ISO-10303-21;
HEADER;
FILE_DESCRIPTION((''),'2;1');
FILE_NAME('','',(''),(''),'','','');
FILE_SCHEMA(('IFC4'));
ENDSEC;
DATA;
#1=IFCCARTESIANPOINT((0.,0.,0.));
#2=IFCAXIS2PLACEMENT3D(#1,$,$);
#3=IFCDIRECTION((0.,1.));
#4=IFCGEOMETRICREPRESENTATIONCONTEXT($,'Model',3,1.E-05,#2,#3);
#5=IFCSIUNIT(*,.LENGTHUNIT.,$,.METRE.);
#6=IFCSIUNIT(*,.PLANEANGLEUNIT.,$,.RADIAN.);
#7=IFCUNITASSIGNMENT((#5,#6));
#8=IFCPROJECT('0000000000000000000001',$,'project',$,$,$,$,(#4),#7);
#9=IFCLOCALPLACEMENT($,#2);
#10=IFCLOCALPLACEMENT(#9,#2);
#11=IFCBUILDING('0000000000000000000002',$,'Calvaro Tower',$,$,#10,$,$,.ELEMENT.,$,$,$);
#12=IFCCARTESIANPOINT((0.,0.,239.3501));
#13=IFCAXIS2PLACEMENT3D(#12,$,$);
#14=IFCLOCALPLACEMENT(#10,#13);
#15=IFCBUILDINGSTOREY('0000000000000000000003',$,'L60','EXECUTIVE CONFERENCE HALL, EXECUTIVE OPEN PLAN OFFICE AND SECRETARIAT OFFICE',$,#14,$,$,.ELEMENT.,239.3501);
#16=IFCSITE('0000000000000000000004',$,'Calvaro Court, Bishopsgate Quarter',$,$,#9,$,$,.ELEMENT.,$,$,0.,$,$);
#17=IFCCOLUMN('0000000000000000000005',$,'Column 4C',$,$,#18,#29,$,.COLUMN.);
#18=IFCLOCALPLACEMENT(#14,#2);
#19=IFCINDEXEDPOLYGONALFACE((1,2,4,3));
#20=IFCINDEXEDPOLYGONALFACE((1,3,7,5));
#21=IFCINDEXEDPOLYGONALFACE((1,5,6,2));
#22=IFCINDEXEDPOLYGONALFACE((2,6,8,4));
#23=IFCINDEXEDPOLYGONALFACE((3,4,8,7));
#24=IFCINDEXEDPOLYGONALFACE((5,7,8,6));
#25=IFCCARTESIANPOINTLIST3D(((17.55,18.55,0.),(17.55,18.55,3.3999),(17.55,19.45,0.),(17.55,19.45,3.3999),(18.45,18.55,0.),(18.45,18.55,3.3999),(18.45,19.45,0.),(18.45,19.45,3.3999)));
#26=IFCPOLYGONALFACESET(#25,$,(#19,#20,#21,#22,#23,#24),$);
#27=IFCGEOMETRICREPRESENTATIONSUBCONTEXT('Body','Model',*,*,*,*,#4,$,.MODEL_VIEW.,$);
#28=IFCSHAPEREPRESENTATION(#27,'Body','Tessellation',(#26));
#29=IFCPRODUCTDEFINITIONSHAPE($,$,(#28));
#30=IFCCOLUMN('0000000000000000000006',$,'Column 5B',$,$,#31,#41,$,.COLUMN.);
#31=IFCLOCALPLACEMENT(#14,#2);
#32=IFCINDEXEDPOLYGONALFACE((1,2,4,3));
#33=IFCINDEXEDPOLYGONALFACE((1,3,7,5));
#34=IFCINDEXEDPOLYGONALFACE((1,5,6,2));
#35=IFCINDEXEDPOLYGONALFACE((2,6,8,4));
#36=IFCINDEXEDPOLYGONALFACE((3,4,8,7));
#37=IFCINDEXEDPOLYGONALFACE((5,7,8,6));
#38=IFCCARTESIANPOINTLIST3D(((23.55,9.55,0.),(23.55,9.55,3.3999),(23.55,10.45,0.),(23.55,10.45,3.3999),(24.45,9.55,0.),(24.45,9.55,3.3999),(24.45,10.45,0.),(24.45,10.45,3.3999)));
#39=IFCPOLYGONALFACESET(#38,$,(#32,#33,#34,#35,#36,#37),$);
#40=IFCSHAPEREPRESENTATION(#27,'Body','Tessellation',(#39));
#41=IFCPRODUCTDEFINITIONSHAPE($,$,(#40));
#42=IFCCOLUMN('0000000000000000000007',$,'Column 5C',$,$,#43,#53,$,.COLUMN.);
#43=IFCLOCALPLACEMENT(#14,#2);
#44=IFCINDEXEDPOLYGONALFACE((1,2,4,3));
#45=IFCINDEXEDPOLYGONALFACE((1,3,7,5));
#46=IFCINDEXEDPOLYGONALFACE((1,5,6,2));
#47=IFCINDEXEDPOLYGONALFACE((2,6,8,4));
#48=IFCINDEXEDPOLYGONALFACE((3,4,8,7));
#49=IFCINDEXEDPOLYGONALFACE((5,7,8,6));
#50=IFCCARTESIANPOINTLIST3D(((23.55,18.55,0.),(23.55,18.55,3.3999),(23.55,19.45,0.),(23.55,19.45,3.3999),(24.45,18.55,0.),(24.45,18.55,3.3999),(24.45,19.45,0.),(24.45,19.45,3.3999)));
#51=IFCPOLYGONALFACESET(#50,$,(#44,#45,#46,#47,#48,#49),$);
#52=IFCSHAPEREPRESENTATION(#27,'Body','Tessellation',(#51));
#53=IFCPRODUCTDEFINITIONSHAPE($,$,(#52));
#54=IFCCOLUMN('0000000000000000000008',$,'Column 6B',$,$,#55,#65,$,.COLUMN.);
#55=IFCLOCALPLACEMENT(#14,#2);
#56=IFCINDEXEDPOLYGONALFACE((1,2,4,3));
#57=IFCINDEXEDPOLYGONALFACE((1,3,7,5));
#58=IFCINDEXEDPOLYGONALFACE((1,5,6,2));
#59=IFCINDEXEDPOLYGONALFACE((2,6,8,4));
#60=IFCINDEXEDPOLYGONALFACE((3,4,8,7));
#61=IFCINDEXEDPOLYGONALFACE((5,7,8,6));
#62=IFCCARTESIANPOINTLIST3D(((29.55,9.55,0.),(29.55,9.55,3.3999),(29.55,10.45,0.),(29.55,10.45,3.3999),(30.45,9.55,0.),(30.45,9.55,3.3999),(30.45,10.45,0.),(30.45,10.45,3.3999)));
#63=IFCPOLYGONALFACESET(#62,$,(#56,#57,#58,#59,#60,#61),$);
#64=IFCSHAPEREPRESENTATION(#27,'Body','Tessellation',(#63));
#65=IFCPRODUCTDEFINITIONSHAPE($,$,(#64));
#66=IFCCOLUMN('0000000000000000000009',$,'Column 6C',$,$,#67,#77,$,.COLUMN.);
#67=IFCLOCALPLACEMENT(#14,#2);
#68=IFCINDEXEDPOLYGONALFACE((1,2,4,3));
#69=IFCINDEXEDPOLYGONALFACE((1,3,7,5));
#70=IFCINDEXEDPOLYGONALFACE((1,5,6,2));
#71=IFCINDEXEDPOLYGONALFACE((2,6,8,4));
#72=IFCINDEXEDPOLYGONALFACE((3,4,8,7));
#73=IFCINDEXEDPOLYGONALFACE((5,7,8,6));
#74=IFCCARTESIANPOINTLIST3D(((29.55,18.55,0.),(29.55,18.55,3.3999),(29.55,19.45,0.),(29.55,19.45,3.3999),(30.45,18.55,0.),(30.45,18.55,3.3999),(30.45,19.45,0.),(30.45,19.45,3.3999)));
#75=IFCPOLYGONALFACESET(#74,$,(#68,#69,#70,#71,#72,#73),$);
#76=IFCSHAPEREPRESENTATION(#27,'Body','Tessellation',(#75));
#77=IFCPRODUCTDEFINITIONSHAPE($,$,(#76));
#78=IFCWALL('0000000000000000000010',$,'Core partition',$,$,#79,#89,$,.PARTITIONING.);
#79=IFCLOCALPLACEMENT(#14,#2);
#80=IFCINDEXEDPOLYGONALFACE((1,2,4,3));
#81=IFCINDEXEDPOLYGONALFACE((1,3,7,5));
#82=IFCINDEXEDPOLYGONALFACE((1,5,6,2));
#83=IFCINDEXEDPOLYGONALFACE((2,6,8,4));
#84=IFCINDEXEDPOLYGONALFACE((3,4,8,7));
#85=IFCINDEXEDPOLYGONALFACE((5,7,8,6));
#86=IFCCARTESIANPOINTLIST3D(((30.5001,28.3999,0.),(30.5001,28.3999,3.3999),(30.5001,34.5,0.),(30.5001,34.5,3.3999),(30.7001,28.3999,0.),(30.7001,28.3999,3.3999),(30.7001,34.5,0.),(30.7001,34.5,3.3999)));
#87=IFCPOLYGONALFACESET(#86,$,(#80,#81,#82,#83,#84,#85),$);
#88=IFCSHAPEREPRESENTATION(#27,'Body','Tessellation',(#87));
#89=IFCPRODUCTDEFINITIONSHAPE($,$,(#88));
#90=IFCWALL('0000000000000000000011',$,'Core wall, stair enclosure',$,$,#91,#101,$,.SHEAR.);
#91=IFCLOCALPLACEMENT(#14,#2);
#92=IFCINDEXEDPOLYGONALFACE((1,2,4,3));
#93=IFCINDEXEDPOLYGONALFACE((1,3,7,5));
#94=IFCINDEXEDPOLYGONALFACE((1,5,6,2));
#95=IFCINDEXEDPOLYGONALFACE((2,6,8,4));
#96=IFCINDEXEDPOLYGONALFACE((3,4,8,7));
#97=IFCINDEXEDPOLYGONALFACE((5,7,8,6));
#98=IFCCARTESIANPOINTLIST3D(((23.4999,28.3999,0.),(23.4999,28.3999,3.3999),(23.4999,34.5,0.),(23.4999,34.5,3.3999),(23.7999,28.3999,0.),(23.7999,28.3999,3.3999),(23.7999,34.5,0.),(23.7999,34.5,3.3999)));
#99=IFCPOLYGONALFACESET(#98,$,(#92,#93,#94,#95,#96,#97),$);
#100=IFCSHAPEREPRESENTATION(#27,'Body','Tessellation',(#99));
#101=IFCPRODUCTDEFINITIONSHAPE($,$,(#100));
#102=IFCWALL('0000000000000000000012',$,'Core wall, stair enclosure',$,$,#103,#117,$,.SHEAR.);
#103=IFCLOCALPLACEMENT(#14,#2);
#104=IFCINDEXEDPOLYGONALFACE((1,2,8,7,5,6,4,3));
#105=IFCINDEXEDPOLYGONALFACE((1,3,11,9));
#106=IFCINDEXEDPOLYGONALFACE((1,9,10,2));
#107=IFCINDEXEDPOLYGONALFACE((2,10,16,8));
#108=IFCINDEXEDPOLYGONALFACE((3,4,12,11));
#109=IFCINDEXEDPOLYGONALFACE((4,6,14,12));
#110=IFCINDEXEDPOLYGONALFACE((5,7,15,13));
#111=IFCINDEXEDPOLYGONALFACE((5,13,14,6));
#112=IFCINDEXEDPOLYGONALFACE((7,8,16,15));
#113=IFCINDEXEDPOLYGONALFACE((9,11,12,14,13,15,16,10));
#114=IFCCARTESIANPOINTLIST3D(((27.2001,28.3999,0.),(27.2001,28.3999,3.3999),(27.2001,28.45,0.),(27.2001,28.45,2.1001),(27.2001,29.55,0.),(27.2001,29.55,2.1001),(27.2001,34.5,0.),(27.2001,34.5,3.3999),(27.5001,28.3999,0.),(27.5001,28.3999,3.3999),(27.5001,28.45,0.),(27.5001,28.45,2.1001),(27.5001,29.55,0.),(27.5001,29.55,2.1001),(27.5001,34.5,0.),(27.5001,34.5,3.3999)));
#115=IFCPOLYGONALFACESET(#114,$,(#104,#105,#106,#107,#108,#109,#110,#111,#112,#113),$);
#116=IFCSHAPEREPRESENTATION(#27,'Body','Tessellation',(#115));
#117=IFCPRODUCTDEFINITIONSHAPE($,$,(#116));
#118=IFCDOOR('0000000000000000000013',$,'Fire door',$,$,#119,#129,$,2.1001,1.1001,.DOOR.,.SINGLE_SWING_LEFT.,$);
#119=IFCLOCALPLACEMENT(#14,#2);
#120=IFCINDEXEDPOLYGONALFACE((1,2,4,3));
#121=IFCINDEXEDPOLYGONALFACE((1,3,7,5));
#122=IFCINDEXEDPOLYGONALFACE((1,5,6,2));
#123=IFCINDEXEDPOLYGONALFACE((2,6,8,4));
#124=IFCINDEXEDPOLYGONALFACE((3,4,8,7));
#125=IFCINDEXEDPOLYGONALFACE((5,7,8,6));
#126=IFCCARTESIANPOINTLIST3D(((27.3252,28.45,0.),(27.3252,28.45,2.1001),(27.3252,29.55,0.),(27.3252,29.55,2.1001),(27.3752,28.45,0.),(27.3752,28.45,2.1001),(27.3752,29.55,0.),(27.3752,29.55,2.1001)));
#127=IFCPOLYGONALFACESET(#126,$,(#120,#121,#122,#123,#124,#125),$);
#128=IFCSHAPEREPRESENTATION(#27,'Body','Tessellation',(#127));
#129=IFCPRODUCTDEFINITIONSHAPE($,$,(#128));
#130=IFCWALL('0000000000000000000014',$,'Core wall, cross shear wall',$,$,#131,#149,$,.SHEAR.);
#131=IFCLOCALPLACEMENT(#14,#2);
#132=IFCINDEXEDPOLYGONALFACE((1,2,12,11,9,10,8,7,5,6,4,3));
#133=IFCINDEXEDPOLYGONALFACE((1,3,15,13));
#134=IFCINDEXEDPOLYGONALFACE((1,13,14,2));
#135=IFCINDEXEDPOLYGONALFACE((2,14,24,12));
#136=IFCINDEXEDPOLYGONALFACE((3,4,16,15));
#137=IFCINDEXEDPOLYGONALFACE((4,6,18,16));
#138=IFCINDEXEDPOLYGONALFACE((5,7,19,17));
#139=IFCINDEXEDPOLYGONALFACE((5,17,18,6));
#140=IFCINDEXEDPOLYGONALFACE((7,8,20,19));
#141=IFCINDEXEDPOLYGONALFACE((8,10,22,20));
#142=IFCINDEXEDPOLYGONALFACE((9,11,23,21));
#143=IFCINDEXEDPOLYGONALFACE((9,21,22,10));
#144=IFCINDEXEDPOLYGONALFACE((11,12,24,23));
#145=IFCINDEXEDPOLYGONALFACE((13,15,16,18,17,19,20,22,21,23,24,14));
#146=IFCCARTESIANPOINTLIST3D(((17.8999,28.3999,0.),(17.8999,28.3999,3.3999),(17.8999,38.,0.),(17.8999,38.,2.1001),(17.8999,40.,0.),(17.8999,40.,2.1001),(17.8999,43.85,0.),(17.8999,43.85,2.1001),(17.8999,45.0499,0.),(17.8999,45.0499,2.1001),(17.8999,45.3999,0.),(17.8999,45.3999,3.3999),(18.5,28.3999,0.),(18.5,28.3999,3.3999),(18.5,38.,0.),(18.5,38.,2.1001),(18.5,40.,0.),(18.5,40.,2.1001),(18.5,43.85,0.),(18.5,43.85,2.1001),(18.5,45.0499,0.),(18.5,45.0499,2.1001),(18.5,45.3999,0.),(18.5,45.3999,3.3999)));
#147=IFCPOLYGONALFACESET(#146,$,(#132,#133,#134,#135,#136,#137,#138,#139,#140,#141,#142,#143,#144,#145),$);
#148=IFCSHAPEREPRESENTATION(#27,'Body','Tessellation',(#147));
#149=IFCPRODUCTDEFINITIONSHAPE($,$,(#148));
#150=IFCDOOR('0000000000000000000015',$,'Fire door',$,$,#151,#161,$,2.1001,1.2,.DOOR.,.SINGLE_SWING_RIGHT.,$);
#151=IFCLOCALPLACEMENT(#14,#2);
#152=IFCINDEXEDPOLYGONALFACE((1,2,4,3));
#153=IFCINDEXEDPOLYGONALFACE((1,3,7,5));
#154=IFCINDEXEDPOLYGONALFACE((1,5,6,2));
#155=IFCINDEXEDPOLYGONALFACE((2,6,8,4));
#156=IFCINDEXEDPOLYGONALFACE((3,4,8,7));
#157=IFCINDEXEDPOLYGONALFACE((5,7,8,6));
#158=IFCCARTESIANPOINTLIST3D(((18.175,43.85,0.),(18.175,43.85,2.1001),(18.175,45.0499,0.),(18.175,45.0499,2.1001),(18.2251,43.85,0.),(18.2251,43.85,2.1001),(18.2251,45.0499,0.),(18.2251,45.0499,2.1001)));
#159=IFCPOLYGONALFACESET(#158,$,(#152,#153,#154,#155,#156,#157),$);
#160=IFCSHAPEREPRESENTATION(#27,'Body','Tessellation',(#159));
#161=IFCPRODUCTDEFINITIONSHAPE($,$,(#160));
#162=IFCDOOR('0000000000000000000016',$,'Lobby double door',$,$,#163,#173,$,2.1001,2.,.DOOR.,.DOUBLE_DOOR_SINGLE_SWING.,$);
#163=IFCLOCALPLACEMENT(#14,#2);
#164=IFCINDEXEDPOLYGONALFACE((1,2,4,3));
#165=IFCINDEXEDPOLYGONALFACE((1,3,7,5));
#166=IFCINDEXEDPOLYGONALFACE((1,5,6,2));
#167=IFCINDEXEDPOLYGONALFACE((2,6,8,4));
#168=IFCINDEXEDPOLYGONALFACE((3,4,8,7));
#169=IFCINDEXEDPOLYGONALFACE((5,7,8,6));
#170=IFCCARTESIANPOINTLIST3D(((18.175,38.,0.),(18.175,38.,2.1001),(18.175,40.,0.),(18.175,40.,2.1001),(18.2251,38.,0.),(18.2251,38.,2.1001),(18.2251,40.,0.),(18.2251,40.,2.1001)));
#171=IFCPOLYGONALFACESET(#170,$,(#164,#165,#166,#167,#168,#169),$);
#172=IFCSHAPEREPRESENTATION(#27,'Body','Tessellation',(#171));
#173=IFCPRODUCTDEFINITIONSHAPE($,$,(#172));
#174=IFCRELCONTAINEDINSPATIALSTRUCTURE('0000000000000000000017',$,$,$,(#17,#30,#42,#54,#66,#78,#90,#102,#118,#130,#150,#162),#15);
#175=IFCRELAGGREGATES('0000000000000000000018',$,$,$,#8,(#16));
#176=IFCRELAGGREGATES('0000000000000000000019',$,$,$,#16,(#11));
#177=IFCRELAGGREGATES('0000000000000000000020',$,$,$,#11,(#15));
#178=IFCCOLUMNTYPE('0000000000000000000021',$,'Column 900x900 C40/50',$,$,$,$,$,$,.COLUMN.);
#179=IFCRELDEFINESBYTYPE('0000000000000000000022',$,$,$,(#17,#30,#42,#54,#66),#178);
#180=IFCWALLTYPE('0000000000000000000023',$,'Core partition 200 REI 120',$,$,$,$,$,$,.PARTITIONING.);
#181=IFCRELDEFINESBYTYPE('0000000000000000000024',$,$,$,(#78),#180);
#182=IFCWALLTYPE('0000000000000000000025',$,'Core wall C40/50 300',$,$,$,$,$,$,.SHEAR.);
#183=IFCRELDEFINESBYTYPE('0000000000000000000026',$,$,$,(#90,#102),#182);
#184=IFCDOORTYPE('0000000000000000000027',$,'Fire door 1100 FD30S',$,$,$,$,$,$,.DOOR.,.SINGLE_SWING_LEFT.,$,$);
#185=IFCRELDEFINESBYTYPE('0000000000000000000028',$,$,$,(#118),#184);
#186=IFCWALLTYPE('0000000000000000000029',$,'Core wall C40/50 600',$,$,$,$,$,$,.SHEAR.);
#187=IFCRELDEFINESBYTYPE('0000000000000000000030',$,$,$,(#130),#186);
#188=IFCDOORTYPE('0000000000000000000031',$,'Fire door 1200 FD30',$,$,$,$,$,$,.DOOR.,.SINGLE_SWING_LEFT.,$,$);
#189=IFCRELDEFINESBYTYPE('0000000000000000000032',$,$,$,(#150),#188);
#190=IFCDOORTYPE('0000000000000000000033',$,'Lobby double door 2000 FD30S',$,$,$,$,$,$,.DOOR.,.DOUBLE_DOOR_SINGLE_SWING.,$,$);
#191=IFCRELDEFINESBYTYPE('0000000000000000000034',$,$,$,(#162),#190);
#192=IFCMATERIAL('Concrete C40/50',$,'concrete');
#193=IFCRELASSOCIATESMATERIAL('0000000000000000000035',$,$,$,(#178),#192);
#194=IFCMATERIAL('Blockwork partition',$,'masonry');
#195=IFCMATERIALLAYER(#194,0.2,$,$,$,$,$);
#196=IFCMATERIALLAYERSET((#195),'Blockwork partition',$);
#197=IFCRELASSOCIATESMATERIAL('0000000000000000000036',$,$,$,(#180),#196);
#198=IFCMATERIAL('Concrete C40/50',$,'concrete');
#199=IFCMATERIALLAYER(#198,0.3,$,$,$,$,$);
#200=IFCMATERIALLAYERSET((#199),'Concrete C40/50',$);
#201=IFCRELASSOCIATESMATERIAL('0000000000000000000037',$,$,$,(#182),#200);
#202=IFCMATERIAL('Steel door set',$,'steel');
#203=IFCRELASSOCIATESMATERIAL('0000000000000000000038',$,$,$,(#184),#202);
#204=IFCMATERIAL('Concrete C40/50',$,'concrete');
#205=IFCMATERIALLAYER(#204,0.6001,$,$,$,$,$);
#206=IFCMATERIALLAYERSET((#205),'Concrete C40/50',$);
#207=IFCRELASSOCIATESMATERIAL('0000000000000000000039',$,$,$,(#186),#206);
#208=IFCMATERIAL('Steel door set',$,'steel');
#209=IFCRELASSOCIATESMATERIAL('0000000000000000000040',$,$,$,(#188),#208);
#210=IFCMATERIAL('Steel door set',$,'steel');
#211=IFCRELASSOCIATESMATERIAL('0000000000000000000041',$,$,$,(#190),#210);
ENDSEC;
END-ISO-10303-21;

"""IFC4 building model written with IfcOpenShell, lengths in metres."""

from ifc_helpers import new_model, si_unit, direction, frame, frame_2d, origin, origin_2d, place, context, subcontext, project, spatial, rectangle, extrude, material, layer, layer_set, material_profile, profile_set, type_object, element, fill, save


model = new_model("IFC4")

# Units and contexts
model_context = context("Model", 3, precision=1e-05, world=origin(), true_north=direction((0.0, 1.0)))
body_context = subcontext(model_context, "Body", "Model", "MODEL_VIEW")
ifc_project = project(units=[si_unit("LENGTHUNIT", "METRE"), si_unit("PLANEANGLEUNIT", "RADIAN")], contexts=[model_context])

# Site, building, storey
site_placement = place(None, origin())
site = spatial("IfcSite", under=ifc_project, at=site_placement, Name="Calvaro Court, Bishopsgate Quarter", CompositionType="ELEMENT", RefElevation=0.0)
building_placement = place(site_placement, origin())
building = spatial("IfcBuilding", under=site, at=building_placement, Name="Calvaro Tower", CompositionType="ELEMENT")
storey_placement = place(building_placement, frame((0.0, 0.0, 239.3501)))
storey = spatial("IfcBuildingStorey", under=building, at=storey_placement, Name="L60", Description="EXECUTIVE CONFERENCE HALL, EXECUTIVE OPEN PLAN OFFICE AND SECRETARIAT OFFICE", CompositionType="ELEMENT", Elevation=239.3501)

# Columns
ifc_material_1 = material(Name="Concrete C40/50", Category="concrete")
ifc_material_profile = material_profile(ifc_material_1, rectangle(XDim=0.8999, YDim=0.8999, at=origin_2d()), Name="RC 900x900")
ifc_profile_set = profile_set([ifc_material_profile], Name="Concrete C40/50")
column_type = type_object("IfcColumnType", Name="Column 900x900 C40/50", PredefinedType="COLUMN", material=ifc_profile_set)
for number, where, z_axis, x_axis, name in (
    (1, (18.0, 19.0, 0.0), (0.0, 0.0, 1.0), (1.0, 0.0, 0.0), "Column 4C"),
    (2, (24.0, 10.0, 0.0), (0.0, 0.0, 1.0), (1.0, 0.0, 0.0), "Column 5B"),
    (3, (24.0, 19.0, 0.0), (0.0, 0.0, 1.0), (1.0, 0.0, 0.0), "Column 5C"),
    (4, (30.0, 10.0, 0.0), (0.0, 0.0, 1.0), (1.0, 0.0, 0.0), "Column 6B"),
    (5, (30.0, 19.0, 0.0), (0.0, 0.0, 1.0), (1.0, 0.0, 0.0), "Column 6C"),
):
    element("IfcColumn", number, at=place(storey_placement, frame(where, z_axis=z_axis, x_axis=x_axis)), inside=storey, type_object=column_type, Name=name, PredefinedType="COLUMN", context=body_context, shape_type="SweptSolid", body=[
        extrude(rectangle(XDim=0.8999, YDim=0.8999, at=origin_2d()), origin(), (0.0, 0.0, 1.0), 3.3999),
    ])

# Walls
ifc_material_2 = material(Name="Blockwork partition", Category="masonry")
ifc_layer_1 = layer(ifc_material_2, 0.2)
ifc_layer_set_1 = layer_set([ifc_layer_1], Name="Blockwork partition")
wall_type_1 = type_object("IfcWallType", Name="Core partition 200 REI 120", PredefinedType="PARTITIONING", material=ifc_layer_set_1)
wall_1_placement = place(storey_placement, frame((30.6001, 28.3999, 0.0), z_axis=(0.0, 0.0, 1.0), x_axis=(0.0, 1.0, 0.0)))
element("IfcWall", 6, at=wall_1_placement, inside=storey, type_object=wall_type_1, Name="Core partition", PredefinedType="PARTITIONING", context=body_context, shape_type="SweptSolid", body=[
    extrude(rectangle(XDim=6.1001, YDim=0.2, at=frame_2d((3.05, 0.0))), origin(), (0.0, 0.0, 1.0), 3.3999),
])
ifc_material_3 = material(Name="Concrete C40/50", Category="concrete")
ifc_layer_2 = layer(ifc_material_3, 0.3)
ifc_layer_set_2 = layer_set([ifc_layer_2], Name="Concrete C40/50")
wall_type_2 = type_object("IfcWallType", Name="Core wall C40/50 300", PredefinedType="SHEAR", material=ifc_layer_set_2)
wall_2_placement = place(storey_placement, frame((23.6499, 28.3999, 0.0), z_axis=(0.0, 0.0, 1.0), x_axis=(0.0, 1.0, 0.0)))
element("IfcWall", 7, at=wall_2_placement, inside=storey, type_object=wall_type_2, Name="Core wall, stair enclosure", PredefinedType="SHEAR", context=body_context, shape_type="SweptSolid", body=[
    extrude(rectangle(XDim=6.1001, YDim=0.3, at=frame_2d((3.05, 0.0))), origin(), (0.0, 0.0, 1.0), 3.3999),
])

# Wall, opening, door
wall_3_placement = place(storey_placement, frame((27.3501, 28.3999, 0.0), z_axis=(0.0, 0.0, 1.0), x_axis=(0.0, 1.0, 0.0)))
wall_3 = element("IfcWall", 8, at=wall_3_placement, inside=storey, type_object=wall_type_2, Name="Core wall, stair enclosure", PredefinedType="SHEAR", context=body_context, shape_type="SweptSolid", body=[
    extrude(rectangle(XDim=6.1001, YDim=0.3, at=frame_2d((3.05, 0.0))), origin(), (0.0, 0.0, 1.0), 3.3999),
])
opening_1_placement = place(wall_3_placement, frame((0.05, 0.0, 0.0)))
opening_1 = element("IfcOpeningElement", 9, at=opening_1_placement, cuts=wall_3, PredefinedType="OPENING", context=body_context, shape_type="SweptSolid", body=[
    extrude(rectangle(XDim=1.1001, YDim=2.1001, at=frame_2d((0.55, 1.05))), frame((0.0, 0.1599, 0.0), z_axis=(0.0, -1.0, 0.0), x_axis=(1.0, 0.0, 0.0)), (0.0, 0.0, 1.0), 0.3201),
])
ifc_material_4 = material(Name="Steel door set", Category="steel")
door_type_1 = type_object("IfcDoorType", Name="Fire door 1100 FD30S", OperationType="SINGLE_SWING_LEFT", PredefinedType="DOOR", material=ifc_material_4)
door_1_placement = place(opening_1_placement, origin())
door_1 = element("IfcDoor", 10, at=door_1_placement, inside=storey, type_object=door_type_1, Name="Fire door", OperationType="SINGLE_SWING_LEFT", OverallHeight=2.1001, OverallWidth=1.1001, PredefinedType="DOOR", context=body_context, shape_type="SweptSolid", body=[
    extrude(rectangle(XDim=1.1001, YDim=2.1001, at=frame_2d((0.55, 1.05))), frame((0.0, 0.0249, 0.0), z_axis=(0.0, -1.0, 0.0), x_axis=(1.0, 0.0, 0.0)), (0.0, 0.0, 1.0), 0.05),
])
fill(opening_1, door_1)

# Wall, openings, doors
ifc_material_5 = material(Name="Concrete C40/50", Category="concrete")
ifc_layer_3 = layer(ifc_material_5, 0.6001)
ifc_layer_set_3 = layer_set([ifc_layer_3], Name="Concrete C40/50")
wall_type_3 = type_object("IfcWallType", Name="Core wall C40/50 600", PredefinedType="SHEAR", material=ifc_layer_set_3)
wall_4_placement = place(storey_placement, frame((18.2, 28.3999, 0.0), z_axis=(0.0, 0.0, 1.0), x_axis=(0.0, 1.0, 0.0)))
wall_4 = element("IfcWall", 11, at=wall_4_placement, inside=storey, type_object=wall_type_3, Name="Core wall, cross shear wall", PredefinedType="SHEAR", context=body_context, shape_type="SweptSolid", body=[
    extrude(rectangle(XDim=17.0, YDim=0.6001, at=frame_2d((8.5, 0.0))), origin(), (0.0, 0.0, 1.0), 3.3999),
])
opening_2_placement = place(wall_4_placement, frame((9.6001, 0.0, 0.0)))
opening_2 = element("IfcOpeningElement", 12, at=opening_2_placement, cuts=wall_4, PredefinedType="OPENING", context=body_context, shape_type="SweptSolid", body=[
    extrude(rectangle(XDim=2.0, YDim=2.1001, at=frame_2d((1.0, 1.05))), frame((0.0, 0.3101, 0.0), z_axis=(0.0, -1.0, 0.0), x_axis=(1.0, 0.0, 0.0)), (0.0, 0.0, 1.0), 0.6201),
])
opening_3_placement = place(wall_4_placement, frame((15.45, 0.0, 0.0)))
opening_3 = element("IfcOpeningElement", 13, at=opening_3_placement, cuts=wall_4, PredefinedType="OPENING", context=body_context, shape_type="SweptSolid", body=[
    extrude(rectangle(XDim=1.2, YDim=2.1001, at=frame_2d((0.6001, 1.05))), frame((0.0, 0.3101, 0.0), z_axis=(0.0, -1.0, 0.0), x_axis=(1.0, 0.0, 0.0)), (0.0, 0.0, 1.0), 0.6201),
])
ifc_material_6 = material(Name="Steel door set", Category="steel")
door_type_2 = type_object("IfcDoorType", Name="Fire door 1200 FD30", OperationType="SINGLE_SWING_LEFT", PredefinedType="DOOR", material=ifc_material_6)
door_2_placement = place(opening_3_placement, origin())
door_2 = element("IfcDoor", 14, at=door_2_placement, inside=storey, type_object=door_type_2, Name="Fire door", OperationType="SINGLE_SWING_RIGHT", OverallHeight=2.1001, OverallWidth=1.2, PredefinedType="DOOR", context=body_context, shape_type="SweptSolid", body=[
    extrude(rectangle(XDim=1.2, YDim=2.1001, at=frame_2d((0.6001, 1.05))), frame((0.0, 0.0249, 0.0), z_axis=(0.0, -1.0, 0.0), x_axis=(1.0, 0.0, 0.0)), (0.0, 0.0, 1.0), 0.05),
])
fill(opening_3, door_2)
ifc_material_7 = material(Name="Steel door set", Category="steel")
door_type_3 = type_object("IfcDoorType", Name="Lobby double door 2000 FD30S", OperationType="DOUBLE_DOOR_SINGLE_SWING", PredefinedType="DOOR", material=ifc_material_7)
door_3_placement = place(opening_2_placement, origin())
door_3 = element("IfcDoor", 15, at=door_3_placement, inside=storey, type_object=door_type_3, Name="Lobby double door", OperationType="DOUBLE_DOOR_SINGLE_SWING", OverallHeight=2.1001, OverallWidth=2.0, PredefinedType="DOOR", context=body_context, shape_type="SweptSolid", body=[
    extrude(rectangle(XDim=2.0, YDim=2.1001, at=frame_2d((1.0, 1.05))), frame((0.0, 0.0249, 0.0), z_axis=(0.0, -1.0, 0.0), x_axis=(1.0, 0.0, 0.0)), (0.0, 0.0, 1.0), 0.05),
])
fill(opening_2, door_3)

save(model, "model.ifc")
